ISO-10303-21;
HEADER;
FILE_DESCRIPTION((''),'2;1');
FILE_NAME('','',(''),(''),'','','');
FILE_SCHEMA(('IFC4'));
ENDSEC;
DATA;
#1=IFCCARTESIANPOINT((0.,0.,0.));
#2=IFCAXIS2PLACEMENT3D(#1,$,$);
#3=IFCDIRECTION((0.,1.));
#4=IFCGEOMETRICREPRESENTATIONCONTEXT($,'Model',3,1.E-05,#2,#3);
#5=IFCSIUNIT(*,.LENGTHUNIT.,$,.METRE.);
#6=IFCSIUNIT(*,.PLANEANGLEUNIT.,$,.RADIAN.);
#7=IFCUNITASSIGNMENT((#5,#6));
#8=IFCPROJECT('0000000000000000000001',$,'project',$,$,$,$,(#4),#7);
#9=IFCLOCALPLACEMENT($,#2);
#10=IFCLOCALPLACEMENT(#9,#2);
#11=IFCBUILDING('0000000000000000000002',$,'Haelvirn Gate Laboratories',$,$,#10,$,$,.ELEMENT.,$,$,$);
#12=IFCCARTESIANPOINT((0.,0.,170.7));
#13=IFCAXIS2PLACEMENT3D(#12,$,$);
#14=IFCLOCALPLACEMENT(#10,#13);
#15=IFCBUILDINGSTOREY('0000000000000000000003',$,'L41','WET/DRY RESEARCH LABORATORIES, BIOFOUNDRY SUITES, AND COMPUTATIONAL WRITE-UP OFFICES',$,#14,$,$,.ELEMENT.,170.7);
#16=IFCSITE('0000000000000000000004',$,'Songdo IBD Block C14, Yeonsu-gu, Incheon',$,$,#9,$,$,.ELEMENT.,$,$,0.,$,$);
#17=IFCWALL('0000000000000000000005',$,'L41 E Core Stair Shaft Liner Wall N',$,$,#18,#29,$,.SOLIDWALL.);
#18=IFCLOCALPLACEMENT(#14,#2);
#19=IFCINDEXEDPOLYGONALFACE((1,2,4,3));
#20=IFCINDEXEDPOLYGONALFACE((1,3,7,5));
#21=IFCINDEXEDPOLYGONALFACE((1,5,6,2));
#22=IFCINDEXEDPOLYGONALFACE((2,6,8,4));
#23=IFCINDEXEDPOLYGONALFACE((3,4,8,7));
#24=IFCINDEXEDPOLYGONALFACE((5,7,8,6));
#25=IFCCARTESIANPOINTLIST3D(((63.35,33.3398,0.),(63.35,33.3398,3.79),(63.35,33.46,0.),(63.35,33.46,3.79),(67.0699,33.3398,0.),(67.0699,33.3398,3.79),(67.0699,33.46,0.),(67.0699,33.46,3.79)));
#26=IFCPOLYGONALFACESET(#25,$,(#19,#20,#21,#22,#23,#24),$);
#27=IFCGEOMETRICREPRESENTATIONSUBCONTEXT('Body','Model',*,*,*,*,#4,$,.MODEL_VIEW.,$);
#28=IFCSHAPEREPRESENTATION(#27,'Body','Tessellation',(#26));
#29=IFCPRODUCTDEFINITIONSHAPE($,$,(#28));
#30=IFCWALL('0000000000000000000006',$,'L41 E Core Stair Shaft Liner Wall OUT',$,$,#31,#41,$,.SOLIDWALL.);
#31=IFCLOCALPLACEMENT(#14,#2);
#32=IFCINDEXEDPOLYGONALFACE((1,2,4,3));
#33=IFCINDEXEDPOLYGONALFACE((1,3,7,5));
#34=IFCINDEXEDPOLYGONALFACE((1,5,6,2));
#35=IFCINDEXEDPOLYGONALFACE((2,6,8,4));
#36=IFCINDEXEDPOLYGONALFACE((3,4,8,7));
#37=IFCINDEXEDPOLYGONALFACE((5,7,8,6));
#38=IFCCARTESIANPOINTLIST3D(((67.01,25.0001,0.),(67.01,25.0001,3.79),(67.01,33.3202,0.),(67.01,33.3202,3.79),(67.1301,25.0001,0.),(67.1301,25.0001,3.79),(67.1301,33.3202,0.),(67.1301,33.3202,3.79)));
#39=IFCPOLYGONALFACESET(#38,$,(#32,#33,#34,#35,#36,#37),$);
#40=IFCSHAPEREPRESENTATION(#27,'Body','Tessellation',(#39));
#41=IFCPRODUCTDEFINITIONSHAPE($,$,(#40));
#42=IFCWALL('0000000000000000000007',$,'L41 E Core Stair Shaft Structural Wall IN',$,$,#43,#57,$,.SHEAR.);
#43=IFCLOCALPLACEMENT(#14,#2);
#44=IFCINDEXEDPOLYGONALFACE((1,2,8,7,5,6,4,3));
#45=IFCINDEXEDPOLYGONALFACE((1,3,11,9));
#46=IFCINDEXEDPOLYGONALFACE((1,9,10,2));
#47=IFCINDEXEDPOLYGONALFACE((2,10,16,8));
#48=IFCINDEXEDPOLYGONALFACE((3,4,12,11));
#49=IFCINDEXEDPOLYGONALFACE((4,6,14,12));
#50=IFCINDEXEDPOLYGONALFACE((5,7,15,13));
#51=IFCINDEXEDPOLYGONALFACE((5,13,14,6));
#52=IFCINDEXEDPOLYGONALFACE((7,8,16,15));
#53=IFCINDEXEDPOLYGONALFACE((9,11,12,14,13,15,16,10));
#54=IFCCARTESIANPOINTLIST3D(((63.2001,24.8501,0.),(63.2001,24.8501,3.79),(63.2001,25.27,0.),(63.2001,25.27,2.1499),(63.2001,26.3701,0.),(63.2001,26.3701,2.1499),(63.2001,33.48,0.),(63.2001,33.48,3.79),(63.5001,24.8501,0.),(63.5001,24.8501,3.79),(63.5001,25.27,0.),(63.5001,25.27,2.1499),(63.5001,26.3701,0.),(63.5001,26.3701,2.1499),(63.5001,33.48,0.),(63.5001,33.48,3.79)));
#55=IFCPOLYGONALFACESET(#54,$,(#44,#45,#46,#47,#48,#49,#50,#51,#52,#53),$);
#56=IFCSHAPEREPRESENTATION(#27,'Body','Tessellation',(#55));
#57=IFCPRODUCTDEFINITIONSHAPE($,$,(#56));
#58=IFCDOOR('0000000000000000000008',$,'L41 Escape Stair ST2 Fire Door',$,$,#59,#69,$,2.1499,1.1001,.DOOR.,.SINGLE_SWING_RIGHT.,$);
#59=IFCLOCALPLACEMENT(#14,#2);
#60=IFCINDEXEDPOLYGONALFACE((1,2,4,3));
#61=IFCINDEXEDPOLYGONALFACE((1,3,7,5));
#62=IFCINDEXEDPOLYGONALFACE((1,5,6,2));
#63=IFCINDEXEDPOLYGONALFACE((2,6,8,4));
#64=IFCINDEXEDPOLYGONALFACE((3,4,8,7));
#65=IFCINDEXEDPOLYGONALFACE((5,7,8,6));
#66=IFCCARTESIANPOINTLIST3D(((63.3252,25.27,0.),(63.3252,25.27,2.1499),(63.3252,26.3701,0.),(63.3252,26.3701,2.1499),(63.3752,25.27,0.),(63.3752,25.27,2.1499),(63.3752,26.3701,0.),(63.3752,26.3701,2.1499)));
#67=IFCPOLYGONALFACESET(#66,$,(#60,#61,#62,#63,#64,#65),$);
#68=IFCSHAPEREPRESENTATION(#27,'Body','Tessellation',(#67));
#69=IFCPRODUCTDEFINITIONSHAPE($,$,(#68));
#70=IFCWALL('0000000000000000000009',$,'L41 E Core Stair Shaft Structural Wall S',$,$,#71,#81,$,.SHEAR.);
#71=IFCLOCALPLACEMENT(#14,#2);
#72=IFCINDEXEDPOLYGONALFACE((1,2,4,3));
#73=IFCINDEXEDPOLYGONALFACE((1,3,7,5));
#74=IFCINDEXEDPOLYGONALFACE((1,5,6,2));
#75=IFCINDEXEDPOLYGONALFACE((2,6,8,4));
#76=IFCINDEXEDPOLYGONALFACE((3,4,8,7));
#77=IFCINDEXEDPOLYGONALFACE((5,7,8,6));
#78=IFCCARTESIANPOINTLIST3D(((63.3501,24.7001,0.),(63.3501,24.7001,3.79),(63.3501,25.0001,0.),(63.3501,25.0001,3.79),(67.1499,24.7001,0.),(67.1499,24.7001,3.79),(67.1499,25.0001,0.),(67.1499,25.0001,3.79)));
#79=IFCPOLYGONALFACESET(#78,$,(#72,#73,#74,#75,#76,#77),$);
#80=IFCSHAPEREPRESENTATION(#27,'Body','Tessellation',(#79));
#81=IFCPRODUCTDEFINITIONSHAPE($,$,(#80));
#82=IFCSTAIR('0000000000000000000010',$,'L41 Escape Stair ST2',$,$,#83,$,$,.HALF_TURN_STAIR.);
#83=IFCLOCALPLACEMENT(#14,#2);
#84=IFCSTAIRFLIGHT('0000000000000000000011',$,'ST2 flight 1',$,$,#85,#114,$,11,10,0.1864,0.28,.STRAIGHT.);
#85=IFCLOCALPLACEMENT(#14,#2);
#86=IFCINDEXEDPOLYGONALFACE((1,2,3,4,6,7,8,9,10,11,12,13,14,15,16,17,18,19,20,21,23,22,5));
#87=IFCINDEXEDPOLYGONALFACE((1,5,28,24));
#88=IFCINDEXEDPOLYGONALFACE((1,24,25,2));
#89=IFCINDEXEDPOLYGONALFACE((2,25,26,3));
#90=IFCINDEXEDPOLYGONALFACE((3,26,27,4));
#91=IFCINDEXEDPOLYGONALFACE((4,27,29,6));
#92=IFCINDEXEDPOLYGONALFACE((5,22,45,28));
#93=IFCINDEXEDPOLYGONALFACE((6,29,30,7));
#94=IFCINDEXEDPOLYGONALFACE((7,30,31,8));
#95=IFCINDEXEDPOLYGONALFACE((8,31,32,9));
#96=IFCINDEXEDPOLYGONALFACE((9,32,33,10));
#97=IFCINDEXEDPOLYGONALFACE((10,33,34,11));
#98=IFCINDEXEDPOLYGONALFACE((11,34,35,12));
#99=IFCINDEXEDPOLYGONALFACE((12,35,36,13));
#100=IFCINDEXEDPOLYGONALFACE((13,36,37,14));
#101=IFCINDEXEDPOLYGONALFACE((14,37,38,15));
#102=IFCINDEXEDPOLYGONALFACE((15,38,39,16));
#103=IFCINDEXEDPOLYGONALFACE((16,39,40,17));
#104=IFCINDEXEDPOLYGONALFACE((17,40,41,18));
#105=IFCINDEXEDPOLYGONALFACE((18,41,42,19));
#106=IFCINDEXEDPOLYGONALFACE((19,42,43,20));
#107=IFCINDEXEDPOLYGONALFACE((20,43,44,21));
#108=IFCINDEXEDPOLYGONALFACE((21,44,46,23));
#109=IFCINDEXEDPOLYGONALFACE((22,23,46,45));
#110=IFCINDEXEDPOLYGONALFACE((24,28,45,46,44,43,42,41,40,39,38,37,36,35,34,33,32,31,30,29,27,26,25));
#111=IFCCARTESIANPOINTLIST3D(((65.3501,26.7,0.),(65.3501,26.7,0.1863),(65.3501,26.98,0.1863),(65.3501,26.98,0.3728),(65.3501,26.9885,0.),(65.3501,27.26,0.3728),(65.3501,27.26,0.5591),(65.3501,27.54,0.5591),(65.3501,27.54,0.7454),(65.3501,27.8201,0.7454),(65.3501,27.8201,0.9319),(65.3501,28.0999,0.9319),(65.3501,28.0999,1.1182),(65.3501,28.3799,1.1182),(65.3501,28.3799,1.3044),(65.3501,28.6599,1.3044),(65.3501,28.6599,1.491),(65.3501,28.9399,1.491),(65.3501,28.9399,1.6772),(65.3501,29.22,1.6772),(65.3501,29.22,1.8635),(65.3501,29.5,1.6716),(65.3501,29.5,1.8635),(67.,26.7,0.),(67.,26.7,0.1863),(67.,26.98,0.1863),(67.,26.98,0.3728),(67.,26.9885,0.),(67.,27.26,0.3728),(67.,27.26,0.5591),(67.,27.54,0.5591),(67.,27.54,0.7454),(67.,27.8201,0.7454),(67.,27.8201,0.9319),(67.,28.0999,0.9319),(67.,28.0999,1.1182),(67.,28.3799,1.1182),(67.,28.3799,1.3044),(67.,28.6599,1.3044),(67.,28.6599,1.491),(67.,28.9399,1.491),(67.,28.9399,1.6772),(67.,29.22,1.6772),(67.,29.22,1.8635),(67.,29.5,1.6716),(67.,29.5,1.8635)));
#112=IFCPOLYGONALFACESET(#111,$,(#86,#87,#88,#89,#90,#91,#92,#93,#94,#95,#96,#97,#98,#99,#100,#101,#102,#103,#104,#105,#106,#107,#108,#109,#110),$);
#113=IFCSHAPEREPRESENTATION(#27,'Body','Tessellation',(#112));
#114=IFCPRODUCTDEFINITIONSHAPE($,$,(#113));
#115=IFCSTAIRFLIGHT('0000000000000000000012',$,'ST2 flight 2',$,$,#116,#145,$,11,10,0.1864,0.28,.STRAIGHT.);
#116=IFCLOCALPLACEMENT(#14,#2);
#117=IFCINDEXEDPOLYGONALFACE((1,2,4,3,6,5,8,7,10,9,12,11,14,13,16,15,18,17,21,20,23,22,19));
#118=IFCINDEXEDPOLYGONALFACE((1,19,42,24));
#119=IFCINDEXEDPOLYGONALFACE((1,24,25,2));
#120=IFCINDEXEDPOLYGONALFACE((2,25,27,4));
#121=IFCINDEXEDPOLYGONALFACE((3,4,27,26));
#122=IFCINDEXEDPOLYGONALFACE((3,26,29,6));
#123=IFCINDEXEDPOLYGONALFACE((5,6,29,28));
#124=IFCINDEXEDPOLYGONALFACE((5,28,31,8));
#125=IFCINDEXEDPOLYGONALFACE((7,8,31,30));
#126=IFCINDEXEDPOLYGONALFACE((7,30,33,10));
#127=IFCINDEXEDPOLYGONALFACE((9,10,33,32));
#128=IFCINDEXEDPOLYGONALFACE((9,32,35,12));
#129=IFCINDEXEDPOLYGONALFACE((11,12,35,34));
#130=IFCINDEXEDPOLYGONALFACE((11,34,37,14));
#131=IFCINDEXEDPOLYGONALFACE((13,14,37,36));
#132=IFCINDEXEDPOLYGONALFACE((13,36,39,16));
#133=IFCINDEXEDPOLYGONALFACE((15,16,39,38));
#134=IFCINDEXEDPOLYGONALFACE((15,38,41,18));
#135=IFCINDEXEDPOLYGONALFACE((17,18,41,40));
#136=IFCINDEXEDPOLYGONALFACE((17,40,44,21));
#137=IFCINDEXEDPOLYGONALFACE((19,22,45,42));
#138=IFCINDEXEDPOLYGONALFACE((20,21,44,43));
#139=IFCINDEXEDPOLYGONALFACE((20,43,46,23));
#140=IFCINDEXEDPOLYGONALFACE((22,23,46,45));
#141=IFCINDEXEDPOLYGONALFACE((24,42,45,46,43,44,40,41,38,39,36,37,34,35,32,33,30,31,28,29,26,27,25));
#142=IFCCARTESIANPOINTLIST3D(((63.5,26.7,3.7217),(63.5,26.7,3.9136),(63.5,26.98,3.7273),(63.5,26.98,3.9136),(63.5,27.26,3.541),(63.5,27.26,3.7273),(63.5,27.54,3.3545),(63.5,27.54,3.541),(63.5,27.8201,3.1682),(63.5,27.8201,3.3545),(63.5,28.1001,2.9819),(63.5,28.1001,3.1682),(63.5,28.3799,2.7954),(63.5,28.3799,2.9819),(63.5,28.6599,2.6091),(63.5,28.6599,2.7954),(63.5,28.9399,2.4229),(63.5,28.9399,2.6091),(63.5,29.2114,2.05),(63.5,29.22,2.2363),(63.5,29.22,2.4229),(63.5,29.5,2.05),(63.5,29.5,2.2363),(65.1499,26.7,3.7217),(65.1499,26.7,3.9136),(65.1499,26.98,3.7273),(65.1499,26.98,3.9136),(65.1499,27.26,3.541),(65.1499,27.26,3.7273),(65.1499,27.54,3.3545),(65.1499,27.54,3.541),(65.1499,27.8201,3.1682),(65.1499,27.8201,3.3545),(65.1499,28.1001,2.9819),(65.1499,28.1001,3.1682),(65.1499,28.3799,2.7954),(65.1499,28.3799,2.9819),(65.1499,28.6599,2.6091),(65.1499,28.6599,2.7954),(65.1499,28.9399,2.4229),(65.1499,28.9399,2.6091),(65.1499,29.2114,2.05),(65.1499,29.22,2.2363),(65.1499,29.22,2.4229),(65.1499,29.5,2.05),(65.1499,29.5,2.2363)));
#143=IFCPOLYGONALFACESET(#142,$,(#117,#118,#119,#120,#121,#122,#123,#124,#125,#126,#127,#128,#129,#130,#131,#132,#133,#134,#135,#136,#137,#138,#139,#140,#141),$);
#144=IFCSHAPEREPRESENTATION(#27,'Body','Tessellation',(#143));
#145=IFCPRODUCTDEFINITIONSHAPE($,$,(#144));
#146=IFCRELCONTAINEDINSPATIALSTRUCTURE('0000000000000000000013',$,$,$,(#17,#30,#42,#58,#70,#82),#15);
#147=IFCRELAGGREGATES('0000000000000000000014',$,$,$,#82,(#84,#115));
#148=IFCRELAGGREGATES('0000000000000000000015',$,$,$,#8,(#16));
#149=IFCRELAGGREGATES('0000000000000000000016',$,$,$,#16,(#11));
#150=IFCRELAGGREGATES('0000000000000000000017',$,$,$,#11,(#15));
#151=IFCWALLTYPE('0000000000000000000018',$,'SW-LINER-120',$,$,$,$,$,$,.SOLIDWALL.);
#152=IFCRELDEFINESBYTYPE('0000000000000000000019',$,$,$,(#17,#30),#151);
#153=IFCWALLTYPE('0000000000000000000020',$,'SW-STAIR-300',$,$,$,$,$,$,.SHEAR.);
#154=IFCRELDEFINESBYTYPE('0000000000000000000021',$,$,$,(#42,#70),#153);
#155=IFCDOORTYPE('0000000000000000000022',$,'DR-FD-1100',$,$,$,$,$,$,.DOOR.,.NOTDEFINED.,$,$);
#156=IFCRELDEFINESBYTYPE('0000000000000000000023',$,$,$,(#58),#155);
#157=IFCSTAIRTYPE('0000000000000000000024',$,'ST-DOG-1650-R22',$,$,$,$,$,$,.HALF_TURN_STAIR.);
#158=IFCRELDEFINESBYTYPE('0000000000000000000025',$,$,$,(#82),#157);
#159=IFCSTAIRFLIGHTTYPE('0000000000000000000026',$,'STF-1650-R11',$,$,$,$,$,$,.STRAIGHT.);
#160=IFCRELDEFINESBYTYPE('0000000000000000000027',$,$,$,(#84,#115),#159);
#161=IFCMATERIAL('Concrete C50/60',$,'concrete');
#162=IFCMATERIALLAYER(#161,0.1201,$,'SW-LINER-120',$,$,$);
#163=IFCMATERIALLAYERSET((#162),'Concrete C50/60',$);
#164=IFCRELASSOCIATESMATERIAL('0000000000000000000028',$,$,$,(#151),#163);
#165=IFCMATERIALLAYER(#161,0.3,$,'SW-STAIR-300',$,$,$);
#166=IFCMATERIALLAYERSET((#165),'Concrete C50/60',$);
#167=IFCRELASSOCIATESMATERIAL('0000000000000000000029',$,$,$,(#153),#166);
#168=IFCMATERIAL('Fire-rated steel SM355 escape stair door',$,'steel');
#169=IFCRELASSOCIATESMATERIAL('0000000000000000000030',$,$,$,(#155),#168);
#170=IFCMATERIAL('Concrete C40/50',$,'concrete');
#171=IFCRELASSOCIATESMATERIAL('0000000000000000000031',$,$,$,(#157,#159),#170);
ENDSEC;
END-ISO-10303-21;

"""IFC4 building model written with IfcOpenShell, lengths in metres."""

from ifc_helpers import new_model, si_unit, direction, frame, frame_2d, origin, place, context, subcontext, project, spatial, polyline, rectangle, outline, extrude, source, transform, mapped, material, layer, layer_set, type_object, type_shapes, element, fill, aggregate, save


model = new_model("IFC4")

# Units and contexts
model_context = context("Model", 3, precision=1e-05, world=origin(), true_north=direction((0.0, 1.0)))
body_context = subcontext(model_context, "Body", "Model", "MODEL_VIEW")
ifc_project = project(units=[si_unit("LENGTHUNIT", "METRE"), si_unit("PLANEANGLEUNIT", "RADIAN")], contexts=[model_context])

# Site, building, storey
site_placement = place(None, origin())
site = spatial("IfcSite", under=ifc_project, at=site_placement, Name="Songdo IBD Block C14, Yeonsu-gu, Incheon", CompositionType="ELEMENT", RefElevation=0.0)
building_placement = place(site_placement, origin())
building = spatial("IfcBuilding", under=site, at=building_placement, Name="Haelvirn Gate Laboratories", CompositionType="ELEMENT")
storey_placement = place(building_placement, frame((0.0, 0.0, 170.7)))
storey = spatial("IfcBuildingStorey", under=building, at=storey_placement, Name="L41", Description="WET/DRY RESEARCH LABORATORIES, BIOFOUNDRY SUITES, AND COMPUTATIONAL WRITE-UP OFFICES", CompositionType="ELEMENT", Elevation=170.7)

# Walls
ifc_material_1 = material(Name="Concrete C50/60", Category="concrete")
ifc_layer_1 = layer(ifc_material_1, 0.1201, Name="SW-LINER-120")
ifc_layer_set_1 = layer_set([ifc_layer_1], Name="Concrete C50/60")
wall_type_1 = type_object("IfcWallType", Name="SW-LINER-120", PredefinedType="SOLIDWALL", material=ifc_layer_set_1)
wall_1_placement = place(storey_placement, frame((63.3501, 33.3999, 0.0), z_axis=(0.0, 0.0, 1.0), x_axis=(1.0, 0.0, 0.0)))
element("IfcWall", 1, at=wall_1_placement, inside=storey, type_object=wall_type_1, Name="L41 E Core Stair Shaft Liner Wall N", PredefinedType="SOLIDWALL", context=body_context, shape_type="SweptSolid", body=[
    extrude(rectangle(XDim=3.72, YDim=0.1201, at=frame_2d((1.8599, 0.0))), origin(), (0.0, 0.0, 1.0), 3.79),
])
wall_2_placement = place(storey_placement, frame((67.0701, 25.0, 0.0), z_axis=(0.0, 0.0, 1.0), x_axis=(0.0, 1.0, 0.0)))
element("IfcWall", 2, at=wall_2_placement, inside=storey, type_object=wall_type_1, Name="L41 E Core Stair Shaft Liner Wall OUT", PredefinedType="SOLIDWALL", context=body_context, shape_type="SweptSolid", body=[
    extrude(rectangle(XDim=8.3201, YDim=0.1201, at=frame_2d((4.1602, 0.0))), origin(), (0.0, 0.0, 1.0), 3.79),
])

# Wall, opening, door
ifc_layer_2 = layer(ifc_material_1, 0.3, Name="SW-STAIR-300")
ifc_layer_set_2 = layer_set([ifc_layer_2], Name="Concrete C50/60")
wall_type_2 = type_object("IfcWallType", Name="SW-STAIR-300", PredefinedType="SHEAR", material=ifc_layer_set_2)
wall_3_placement = place(storey_placement, frame((63.3501, 24.8501, 0.0), z_axis=(0.0, 0.0, 1.0), x_axis=(0.0, 1.0, 0.0)))
wall_3 = element("IfcWall", 3, at=wall_3_placement, inside=storey, type_object=wall_type_2, Name="L41 E Core Stair Shaft Structural Wall IN", PredefinedType="SHEAR", context=body_context, shape_type="SweptSolid", body=[
    extrude(rectangle(XDim=8.6299, YDim=0.3, at=frame_2d((4.3149, 0.0))), origin(), (0.0, 0.0, 1.0), 3.79),
])
opening_1_placement = place(wall_3_placement, frame((0.4199, 0.0, 0.0)))
opening_1 = element("IfcOpeningElement", 4, at=opening_1_placement, cuts=wall_3, PredefinedType="OPENING", context=body_context, shape_type="SweptSolid", body=[
    extrude(rectangle(XDim=1.1001, YDim=2.1499, at=frame_2d((0.55, 1.075))), frame((0.0, 0.1602, 0.0), z_axis=(0.0, -1.0, 0.0), x_axis=(1.0, 0.0, 0.0)), (0.0, 0.0, 1.0), 0.3201),
])
ifc_material_2 = material(Name="Fire-rated steel SM355 escape stair door", Category="steel")
door_type_1 = type_object("IfcDoorType", Name="DR-FD-1100", OperationType="NOTDEFINED", PredefinedType="DOOR", material=ifc_material_2)
shared_shape_1 = source(origin(), body_context, "Body", "SweptSolid", [
    extrude(rectangle(XDim=1.1001, YDim=2.1499, at=frame_2d((0.55, 1.075))), frame((0.0, 0.0249, 0.0), z_axis=(0.0, -1.0, 0.0), x_axis=(1.0, 0.0, 0.0)), (0.0, 0.0, 1.0), 0.05),
])
type_shapes(door_type_1, [shared_shape_1])
door_1_placement = place(opening_1_placement, origin())
door_1 = element("IfcDoor", 5, at=door_1_placement, inside=storey, type_object=door_type_1, Name="L41 Escape Stair ST2 Fire Door", OperationType="SINGLE_SWING_RIGHT", OverallHeight=2.1499, OverallWidth=1.1001, PredefinedType="DOOR", context=body_context, shape_type="MappedRepresentation", body=[
    mapped(shared_shape_1, transform((0.0, 0.0, 0.0), scale=1.0)),
])
fill(opening_1, door_1)

# Wall
wall_4_placement = place(storey_placement, frame((63.3501, 24.8501, 0.0), z_axis=(0.0, 0.0, 1.0), x_axis=(1.0, 0.0, 0.0)))
element("IfcWall", 6, at=wall_4_placement, inside=storey, type_object=wall_type_2, Name="L41 E Core Stair Shaft Structural Wall S", PredefinedType="SHEAR", context=body_context, shape_type="SweptSolid", body=[
    extrude(rectangle(XDim=3.7998, YDim=0.3, at=frame_2d((1.8999, 0.0))), origin(), (0.0, 0.0, 1.0), 3.79),
])

# Stair, stair flights
ifc_material_3 = material(Name="Concrete C40/50", Category="concrete")
stair_type = type_object("IfcStairType", Name="ST-DOG-1650-R22", PredefinedType="HALF_TURN_STAIR", material=ifc_material_3)
stair_placement = place(storey_placement, origin())
stair = element("IfcStair", 7, at=stair_placement, inside=storey, type_object=stair_type, Name="L41 Escape Stair ST2", PredefinedType="HALF_TURN_STAIR")
stair_flight_type = type_object("IfcStairFlightType", Name="STF-1650-R11", PredefinedType="STRAIGHT", material=ifc_material_3)
shared_shape_2 = source(origin(), body_context, "Body", "SweptSolid", [
    extrude(outline(polyline([(0.0, 0.0), (0.0, 0.1863), (0.28, 0.1863), (0.28, 0.3728), (0.5601, 0.3728), (0.5601, 0.5591), (0.8401, 0.5591), (0.8401, 0.7454), (1.1201, 0.7454), (1.1201, 0.9319), (1.3999, 0.9319), (1.3999, 1.1182), (1.6799, 1.1182), (1.6799, 1.3044), (1.96, 1.3044), (1.96, 1.491), (2.24, 1.491), (2.24, 1.6772), (2.52, 1.6772), (2.52, 1.8635), (2.8, 1.8635), (2.8, 2.05), (2.8, 1.6716), (0.2886, 0.0), (0.0, 0.0)])), frame((0.0, 0.825, 0.0), z_axis=(0.0, -1.0, 0.0), x_axis=(1.0, 0.0, 0.0)), (0.0, 0.0, 1.0), 1.6499),
])
type_shapes(stair_flight_type, [shared_shape_2])
stair_flight_1_placement = place(storey_placement, frame((66.175, 26.7, 0.0), z_axis=(0.0, 0.0, 1.0), x_axis=(0.0, 1.0, 0.0)))
stair_flight_1 = element("IfcStairFlight", 8, at=stair_flight_1_placement, type_object=stair_flight_type, Name="ST2 flight 1", NumberOfRisers=11, NumberOfTreads=10, PredefinedType="STRAIGHT", RiserHeight=0.1864, TreadLength=0.28, context=body_context, shape_type="MappedRepresentation", body=[
    mapped(shared_shape_2, transform((0.0, 0.0, 0.0), scale=1.0)),
])
stair_flight_2_placement = place(storey_placement, frame((64.325, 29.5, 2.05), z_axis=(0.0, 0.0, 1.0), x_axis=(0.0, -1.0, 0.0)))
stair_flight_2 = element("IfcStairFlight", 9, at=stair_flight_2_placement, type_object=stair_flight_type, Name="ST2 flight 2", NumberOfRisers=11, NumberOfTreads=10, PredefinedType="STRAIGHT", RiserHeight=0.1864, TreadLength=0.28, context=body_context, shape_type="MappedRepresentation", body=[
    mapped(shared_shape_2, transform((0.0, 0.0, 0.0), scale=1.0)),
])
aggregate(stair, [stair_flight_1, stair_flight_2])

save(model, "model.ifc")
